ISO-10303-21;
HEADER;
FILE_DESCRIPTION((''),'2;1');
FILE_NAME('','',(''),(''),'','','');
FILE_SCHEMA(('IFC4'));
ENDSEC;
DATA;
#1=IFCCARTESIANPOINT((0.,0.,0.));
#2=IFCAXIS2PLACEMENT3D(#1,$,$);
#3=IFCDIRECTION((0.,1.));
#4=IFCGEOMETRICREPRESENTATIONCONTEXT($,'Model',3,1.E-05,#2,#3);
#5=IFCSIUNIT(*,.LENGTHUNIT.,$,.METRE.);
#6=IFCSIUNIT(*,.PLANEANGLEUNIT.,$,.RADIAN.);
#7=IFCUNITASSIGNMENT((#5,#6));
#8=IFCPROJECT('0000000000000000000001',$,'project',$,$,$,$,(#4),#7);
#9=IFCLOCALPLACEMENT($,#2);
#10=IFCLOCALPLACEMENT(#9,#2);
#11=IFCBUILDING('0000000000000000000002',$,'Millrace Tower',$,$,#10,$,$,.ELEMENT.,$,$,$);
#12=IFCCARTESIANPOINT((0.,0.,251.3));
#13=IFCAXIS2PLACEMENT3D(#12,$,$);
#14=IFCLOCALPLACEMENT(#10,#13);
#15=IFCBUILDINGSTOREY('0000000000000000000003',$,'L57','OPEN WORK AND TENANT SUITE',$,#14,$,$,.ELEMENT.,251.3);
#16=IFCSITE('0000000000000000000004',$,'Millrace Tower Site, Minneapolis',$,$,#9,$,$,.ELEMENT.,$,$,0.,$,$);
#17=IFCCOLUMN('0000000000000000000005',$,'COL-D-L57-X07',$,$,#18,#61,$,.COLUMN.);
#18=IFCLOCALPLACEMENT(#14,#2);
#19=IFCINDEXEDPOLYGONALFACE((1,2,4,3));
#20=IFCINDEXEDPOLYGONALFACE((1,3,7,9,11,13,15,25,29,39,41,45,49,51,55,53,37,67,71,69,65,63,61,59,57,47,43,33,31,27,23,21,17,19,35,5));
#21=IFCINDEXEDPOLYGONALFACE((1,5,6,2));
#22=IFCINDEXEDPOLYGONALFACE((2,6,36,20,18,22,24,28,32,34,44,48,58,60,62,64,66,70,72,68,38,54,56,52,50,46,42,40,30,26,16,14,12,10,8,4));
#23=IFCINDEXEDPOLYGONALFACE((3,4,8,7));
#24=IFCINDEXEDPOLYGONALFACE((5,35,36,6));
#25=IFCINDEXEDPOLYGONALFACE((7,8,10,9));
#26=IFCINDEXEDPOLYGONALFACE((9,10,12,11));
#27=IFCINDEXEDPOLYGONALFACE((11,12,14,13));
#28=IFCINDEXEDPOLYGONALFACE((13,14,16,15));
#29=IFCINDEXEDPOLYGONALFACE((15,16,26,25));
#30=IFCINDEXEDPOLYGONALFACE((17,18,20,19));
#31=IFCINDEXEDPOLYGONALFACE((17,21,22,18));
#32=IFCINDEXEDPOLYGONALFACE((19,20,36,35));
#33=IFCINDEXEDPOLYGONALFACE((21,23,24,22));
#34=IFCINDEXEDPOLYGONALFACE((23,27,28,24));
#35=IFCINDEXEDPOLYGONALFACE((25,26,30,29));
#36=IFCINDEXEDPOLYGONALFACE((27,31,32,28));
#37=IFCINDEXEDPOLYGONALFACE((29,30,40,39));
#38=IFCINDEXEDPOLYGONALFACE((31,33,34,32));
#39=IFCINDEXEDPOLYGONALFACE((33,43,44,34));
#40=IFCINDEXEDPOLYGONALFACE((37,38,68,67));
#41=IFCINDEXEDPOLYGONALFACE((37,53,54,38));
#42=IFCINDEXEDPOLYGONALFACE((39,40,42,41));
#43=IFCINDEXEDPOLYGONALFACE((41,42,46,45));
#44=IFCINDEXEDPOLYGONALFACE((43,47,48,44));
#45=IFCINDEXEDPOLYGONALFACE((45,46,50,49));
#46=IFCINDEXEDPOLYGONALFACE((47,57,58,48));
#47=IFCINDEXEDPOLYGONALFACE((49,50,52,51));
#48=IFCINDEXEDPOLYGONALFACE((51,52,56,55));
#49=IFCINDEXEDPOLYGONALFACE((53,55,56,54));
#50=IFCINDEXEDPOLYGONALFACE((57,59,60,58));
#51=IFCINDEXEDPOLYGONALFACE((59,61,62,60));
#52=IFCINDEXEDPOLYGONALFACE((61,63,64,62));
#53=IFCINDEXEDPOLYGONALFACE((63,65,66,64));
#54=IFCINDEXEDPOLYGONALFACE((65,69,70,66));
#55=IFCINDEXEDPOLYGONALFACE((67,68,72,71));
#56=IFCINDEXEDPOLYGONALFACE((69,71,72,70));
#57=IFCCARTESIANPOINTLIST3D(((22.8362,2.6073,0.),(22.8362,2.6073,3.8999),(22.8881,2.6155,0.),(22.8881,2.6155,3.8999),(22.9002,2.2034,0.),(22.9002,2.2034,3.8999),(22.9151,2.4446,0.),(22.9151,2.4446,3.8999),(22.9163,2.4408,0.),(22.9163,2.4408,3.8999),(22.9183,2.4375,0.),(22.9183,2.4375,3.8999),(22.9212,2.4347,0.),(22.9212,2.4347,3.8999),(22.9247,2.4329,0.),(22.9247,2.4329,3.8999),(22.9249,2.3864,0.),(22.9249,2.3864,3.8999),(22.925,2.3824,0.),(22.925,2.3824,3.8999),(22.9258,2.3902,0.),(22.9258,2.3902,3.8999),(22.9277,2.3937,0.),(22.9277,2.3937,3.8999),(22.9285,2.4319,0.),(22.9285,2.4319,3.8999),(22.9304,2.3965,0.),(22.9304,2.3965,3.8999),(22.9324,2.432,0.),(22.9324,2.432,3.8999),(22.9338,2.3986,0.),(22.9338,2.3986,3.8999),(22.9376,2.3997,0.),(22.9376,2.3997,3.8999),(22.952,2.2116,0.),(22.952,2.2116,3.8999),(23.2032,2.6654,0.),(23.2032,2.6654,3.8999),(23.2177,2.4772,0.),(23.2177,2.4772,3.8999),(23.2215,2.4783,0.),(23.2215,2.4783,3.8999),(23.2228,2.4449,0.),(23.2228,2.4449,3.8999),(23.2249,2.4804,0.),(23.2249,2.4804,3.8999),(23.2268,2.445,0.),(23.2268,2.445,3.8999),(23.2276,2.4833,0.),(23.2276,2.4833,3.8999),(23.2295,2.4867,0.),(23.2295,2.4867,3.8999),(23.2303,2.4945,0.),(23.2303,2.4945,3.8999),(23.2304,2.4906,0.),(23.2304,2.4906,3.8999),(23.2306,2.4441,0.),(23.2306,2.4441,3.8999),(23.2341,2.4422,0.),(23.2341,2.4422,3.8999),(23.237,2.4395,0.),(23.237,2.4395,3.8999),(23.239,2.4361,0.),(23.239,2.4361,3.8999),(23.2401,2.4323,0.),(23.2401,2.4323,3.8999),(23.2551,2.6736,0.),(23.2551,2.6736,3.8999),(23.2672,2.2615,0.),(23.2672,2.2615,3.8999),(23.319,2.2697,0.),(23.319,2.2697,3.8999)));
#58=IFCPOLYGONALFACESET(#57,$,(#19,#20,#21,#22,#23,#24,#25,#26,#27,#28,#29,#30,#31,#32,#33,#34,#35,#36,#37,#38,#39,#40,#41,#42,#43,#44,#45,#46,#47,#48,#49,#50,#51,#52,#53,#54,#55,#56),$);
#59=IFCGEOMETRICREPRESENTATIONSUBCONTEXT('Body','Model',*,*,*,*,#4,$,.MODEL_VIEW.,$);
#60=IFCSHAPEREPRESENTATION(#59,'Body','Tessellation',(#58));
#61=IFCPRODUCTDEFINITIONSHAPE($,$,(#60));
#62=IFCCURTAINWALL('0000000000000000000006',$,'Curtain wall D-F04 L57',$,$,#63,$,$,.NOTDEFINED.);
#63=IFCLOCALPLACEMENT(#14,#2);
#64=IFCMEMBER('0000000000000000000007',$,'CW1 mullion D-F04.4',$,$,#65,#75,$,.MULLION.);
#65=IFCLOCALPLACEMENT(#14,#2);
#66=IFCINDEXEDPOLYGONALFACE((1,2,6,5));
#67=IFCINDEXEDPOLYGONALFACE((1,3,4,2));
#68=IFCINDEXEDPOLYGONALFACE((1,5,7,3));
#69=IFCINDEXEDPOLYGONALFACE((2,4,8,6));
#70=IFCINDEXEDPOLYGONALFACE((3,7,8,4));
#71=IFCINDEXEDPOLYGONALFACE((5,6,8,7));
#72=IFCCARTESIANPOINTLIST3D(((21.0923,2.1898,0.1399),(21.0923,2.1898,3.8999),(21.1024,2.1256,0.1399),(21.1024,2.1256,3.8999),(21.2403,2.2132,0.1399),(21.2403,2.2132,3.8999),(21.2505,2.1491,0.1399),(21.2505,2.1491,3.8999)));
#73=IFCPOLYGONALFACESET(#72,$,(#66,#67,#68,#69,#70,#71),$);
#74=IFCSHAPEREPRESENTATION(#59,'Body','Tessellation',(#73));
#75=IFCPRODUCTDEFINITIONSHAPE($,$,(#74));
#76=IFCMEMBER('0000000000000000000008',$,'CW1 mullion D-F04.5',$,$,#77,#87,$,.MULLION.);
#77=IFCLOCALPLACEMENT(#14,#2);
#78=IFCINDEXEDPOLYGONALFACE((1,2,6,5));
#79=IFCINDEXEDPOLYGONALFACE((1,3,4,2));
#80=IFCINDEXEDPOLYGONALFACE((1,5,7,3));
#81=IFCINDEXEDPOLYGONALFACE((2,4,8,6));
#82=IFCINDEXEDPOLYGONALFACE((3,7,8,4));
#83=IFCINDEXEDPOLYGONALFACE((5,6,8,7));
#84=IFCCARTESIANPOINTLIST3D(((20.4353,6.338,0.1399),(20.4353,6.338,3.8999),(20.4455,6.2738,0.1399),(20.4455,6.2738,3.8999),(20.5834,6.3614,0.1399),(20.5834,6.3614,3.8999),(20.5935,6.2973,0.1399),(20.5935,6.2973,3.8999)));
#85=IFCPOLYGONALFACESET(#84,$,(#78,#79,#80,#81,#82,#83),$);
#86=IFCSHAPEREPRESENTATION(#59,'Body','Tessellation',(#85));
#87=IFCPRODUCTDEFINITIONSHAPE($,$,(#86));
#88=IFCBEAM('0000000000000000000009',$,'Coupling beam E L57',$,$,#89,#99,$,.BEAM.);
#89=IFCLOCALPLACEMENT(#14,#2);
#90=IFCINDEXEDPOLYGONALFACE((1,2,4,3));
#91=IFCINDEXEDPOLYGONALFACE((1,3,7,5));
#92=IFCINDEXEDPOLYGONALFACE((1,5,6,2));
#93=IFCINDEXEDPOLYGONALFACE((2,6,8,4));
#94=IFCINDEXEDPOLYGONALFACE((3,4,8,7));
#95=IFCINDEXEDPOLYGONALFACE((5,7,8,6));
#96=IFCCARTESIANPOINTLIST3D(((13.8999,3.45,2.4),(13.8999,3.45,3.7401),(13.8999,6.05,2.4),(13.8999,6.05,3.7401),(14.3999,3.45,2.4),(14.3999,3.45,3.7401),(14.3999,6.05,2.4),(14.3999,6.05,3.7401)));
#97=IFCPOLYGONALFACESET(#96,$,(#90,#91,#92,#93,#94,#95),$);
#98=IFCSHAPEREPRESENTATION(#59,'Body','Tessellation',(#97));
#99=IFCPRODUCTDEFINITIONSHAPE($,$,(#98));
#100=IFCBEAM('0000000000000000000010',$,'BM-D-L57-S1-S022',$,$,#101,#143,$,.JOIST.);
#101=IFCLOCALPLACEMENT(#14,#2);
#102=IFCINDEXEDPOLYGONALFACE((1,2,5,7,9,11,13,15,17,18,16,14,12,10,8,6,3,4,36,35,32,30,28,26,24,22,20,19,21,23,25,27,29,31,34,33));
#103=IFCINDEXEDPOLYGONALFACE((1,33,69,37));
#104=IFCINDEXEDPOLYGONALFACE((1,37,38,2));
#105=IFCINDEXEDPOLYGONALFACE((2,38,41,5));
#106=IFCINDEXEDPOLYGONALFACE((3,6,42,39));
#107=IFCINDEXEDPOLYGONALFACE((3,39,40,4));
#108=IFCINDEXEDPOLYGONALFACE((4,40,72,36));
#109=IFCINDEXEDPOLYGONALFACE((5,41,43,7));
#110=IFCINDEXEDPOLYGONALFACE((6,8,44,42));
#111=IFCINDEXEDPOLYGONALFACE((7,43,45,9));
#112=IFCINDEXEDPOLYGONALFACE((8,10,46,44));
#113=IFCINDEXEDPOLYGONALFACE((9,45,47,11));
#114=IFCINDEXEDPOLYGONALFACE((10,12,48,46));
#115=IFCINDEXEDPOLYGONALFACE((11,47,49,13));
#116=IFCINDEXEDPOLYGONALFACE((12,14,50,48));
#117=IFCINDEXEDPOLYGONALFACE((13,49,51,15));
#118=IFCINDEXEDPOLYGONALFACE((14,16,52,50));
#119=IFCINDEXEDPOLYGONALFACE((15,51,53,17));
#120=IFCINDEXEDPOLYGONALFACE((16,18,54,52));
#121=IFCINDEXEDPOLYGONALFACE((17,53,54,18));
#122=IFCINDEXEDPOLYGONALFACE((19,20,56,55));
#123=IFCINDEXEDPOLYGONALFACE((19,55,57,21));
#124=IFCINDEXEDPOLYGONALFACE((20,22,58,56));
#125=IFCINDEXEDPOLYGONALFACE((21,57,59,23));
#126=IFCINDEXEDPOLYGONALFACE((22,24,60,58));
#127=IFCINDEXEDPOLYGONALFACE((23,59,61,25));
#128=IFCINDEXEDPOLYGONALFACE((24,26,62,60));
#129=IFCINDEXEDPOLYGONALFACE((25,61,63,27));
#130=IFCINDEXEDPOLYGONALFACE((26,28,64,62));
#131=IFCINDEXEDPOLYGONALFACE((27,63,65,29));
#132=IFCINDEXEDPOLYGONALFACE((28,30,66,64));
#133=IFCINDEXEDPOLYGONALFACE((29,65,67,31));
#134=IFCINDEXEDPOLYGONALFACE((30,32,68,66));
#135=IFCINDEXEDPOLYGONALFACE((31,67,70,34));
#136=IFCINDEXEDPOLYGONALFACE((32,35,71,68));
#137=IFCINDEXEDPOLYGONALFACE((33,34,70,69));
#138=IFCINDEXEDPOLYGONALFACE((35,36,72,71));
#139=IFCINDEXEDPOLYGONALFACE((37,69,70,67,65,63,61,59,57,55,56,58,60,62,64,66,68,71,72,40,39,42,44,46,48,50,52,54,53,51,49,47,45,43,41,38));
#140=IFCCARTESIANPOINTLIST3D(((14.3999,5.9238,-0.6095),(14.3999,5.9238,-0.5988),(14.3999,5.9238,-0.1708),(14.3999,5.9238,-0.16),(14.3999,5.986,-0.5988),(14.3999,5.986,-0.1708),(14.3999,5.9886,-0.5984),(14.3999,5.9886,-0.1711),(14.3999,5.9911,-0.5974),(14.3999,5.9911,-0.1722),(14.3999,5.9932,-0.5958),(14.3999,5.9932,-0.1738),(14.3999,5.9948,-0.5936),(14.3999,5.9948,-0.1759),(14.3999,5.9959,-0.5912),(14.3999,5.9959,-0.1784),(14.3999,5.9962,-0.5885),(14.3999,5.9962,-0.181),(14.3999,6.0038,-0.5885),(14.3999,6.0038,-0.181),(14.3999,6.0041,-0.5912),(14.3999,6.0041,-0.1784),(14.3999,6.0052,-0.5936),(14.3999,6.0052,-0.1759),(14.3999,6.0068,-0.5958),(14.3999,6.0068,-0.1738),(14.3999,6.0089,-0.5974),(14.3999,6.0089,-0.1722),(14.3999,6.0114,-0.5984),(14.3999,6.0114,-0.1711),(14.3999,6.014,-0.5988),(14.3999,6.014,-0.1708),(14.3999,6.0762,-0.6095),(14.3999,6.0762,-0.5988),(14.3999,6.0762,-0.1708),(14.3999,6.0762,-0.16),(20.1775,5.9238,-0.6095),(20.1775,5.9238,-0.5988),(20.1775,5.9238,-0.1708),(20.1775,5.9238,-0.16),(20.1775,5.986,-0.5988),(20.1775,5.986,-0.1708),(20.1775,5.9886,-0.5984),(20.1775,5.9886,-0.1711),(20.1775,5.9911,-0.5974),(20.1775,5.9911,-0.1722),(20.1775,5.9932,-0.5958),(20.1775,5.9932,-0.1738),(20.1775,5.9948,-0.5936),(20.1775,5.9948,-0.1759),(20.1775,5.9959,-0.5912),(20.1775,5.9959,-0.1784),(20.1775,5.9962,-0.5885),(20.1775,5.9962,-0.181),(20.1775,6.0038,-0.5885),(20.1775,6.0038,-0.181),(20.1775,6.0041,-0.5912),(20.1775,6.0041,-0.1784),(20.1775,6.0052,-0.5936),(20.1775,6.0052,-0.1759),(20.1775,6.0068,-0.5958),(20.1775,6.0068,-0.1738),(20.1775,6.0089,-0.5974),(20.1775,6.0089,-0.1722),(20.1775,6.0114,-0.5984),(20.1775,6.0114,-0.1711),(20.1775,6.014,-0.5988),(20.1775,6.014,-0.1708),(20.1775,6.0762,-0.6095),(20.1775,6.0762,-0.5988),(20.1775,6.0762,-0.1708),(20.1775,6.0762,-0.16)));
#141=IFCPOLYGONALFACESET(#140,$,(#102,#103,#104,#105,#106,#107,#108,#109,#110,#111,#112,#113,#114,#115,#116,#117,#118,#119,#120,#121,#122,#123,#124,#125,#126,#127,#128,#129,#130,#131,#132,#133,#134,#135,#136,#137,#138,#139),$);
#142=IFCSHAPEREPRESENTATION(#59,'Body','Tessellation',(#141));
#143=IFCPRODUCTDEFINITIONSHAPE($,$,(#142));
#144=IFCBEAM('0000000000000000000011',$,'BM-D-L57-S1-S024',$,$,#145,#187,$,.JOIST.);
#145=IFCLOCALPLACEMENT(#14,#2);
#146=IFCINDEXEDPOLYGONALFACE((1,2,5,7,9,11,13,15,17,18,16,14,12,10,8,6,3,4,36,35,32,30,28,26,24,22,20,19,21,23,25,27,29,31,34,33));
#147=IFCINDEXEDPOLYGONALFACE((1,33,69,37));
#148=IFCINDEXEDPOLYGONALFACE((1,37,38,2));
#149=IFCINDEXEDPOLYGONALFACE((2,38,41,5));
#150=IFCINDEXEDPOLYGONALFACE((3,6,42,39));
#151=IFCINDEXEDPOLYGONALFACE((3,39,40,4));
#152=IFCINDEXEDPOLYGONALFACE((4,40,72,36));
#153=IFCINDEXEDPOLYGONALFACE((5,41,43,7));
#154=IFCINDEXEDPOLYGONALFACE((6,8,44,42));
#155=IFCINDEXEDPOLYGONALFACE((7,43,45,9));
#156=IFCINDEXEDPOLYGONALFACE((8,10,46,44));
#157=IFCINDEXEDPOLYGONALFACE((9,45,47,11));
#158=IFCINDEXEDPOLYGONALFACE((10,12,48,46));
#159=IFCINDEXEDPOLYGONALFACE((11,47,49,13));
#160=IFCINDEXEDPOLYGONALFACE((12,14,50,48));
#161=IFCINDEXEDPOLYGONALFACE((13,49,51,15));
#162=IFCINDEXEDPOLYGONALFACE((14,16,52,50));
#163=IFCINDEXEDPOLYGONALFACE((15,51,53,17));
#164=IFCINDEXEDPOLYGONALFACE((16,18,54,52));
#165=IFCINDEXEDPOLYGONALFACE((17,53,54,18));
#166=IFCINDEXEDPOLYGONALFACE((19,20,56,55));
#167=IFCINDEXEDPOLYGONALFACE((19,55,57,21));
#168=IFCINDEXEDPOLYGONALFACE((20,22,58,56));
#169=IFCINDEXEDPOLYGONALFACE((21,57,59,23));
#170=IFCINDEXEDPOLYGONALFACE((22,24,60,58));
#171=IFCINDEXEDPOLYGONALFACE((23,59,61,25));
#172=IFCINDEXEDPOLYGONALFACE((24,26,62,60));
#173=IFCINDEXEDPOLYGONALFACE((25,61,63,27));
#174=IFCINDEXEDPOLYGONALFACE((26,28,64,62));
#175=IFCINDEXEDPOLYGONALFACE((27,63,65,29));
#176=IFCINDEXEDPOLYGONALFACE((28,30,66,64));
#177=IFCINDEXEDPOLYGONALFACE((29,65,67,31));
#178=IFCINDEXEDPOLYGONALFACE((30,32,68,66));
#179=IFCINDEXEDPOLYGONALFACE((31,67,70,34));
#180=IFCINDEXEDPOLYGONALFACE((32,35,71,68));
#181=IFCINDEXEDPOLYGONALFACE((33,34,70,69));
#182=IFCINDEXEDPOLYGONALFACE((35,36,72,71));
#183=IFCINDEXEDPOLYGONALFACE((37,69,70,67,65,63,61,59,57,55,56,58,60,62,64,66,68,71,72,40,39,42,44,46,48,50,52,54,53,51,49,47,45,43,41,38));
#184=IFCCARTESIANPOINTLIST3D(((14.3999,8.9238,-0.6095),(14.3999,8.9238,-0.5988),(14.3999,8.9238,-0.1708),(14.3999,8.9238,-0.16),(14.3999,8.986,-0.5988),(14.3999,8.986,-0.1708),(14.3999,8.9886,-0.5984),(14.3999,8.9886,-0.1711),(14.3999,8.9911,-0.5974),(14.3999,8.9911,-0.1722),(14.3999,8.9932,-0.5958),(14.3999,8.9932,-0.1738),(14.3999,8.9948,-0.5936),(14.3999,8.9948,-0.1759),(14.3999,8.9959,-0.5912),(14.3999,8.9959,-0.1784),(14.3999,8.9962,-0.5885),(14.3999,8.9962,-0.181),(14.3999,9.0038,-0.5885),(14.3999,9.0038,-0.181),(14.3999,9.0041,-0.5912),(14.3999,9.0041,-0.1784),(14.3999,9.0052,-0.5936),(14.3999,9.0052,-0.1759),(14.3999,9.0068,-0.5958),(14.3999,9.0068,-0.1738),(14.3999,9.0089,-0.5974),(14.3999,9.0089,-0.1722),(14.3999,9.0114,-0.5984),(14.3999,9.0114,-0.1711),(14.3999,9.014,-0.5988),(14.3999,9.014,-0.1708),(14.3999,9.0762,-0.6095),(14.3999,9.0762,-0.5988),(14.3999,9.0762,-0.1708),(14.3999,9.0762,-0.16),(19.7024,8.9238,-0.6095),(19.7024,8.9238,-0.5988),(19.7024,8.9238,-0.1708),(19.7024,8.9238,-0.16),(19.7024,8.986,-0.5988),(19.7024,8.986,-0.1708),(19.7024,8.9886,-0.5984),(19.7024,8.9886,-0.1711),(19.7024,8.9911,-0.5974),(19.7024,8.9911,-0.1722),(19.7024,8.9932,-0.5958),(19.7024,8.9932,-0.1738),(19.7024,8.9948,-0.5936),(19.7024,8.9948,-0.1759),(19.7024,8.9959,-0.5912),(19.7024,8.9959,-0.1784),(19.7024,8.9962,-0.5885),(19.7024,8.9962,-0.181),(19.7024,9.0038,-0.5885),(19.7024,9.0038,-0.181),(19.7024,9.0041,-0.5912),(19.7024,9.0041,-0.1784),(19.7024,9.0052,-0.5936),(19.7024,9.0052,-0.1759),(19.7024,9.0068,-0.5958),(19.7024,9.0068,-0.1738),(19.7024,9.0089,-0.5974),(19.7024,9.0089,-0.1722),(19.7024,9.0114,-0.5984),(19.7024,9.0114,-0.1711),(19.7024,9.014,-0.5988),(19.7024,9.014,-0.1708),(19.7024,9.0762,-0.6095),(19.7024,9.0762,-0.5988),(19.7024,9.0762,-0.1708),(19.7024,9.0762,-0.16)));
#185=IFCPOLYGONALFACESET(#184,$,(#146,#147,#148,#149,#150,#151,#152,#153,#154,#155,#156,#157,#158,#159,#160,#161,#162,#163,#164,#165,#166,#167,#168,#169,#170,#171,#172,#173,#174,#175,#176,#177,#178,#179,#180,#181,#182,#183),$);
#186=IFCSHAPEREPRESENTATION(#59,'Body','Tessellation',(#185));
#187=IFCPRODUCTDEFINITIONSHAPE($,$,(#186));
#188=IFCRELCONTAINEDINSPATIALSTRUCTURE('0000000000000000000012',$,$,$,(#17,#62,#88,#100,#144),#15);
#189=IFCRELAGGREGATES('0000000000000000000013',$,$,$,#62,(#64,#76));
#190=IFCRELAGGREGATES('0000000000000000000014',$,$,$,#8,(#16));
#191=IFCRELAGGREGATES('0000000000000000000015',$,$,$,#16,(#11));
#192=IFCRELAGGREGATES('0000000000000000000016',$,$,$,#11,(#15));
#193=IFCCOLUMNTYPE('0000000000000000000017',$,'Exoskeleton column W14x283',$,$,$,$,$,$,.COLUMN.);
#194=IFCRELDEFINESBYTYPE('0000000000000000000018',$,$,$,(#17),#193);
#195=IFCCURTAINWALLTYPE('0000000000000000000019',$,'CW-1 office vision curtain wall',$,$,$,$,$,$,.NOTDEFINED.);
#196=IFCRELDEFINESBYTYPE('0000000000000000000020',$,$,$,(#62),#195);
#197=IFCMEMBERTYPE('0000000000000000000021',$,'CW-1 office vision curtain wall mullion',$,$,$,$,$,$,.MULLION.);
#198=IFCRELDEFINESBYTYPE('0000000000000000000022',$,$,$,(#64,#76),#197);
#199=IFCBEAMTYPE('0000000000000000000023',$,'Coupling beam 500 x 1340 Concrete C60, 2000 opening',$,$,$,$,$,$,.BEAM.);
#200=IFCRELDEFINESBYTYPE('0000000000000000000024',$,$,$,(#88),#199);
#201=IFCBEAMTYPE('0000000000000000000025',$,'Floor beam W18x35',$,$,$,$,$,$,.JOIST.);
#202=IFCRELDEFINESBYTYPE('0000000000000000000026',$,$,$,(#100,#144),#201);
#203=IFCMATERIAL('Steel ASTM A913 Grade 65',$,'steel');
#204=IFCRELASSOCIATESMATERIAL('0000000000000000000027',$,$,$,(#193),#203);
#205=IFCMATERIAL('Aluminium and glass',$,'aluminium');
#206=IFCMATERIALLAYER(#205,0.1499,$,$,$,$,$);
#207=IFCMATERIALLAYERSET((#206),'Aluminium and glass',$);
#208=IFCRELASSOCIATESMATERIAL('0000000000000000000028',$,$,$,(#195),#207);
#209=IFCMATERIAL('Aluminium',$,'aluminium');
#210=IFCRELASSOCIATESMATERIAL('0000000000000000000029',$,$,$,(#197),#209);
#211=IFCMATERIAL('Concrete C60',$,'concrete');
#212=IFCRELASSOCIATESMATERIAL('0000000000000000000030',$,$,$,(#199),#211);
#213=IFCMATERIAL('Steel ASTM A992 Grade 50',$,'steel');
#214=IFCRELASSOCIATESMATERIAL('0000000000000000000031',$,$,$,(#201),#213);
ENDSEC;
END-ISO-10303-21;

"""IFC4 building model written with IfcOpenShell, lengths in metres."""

from ifc_helpers import new_model, si_unit, direction, frame, origin, origin_2d, place, context, subcontext, project, spatial, rectangle, i_section, extrude, material, layer, layer_set, material_profile, profile_set, type_object, element, aggregate, save


model = new_model("IFC4")

# Units and contexts
model_context = context("Model", 3, precision=1e-05, world=origin(), true_north=direction((0.0, 1.0)))
body_context = subcontext(model_context, "Body", "Model", "MODEL_VIEW")
ifc_project = project(units=[si_unit("LENGTHUNIT", "METRE"), si_unit("PLANEANGLEUNIT", "RADIAN")], contexts=[model_context])

# Site, building, storey
site_placement = place(None, origin())
site = spatial("IfcSite", under=ifc_project, at=site_placement, Name="Millrace Tower Site, Minneapolis", CompositionType="ELEMENT", RefElevation=0.0)
building_placement = place(site_placement, origin())
building = spatial("IfcBuilding", under=site, at=building_placement, Name="Millrace Tower", CompositionType="ELEMENT")
storey_placement = place(building_placement, frame((0.0, 0.0, 251.3)))
storey = spatial("IfcBuildingStorey", under=building, at=storey_placement, Name="L57", Description="OPEN WORK AND TENANT SUITE", CompositionType="ELEMENT", Elevation=251.3)

# Column
ifc_material_1 = material(Name="Steel ASTM A913 Grade 65", Category="steel")
ifc_material_profile_1 = material_profile(ifc_material_1, i_section(OverallWidth=0.4089, OverallDepth=0.4241, WebThickness=0.0327, FlangeThickness=0.0525, FilletRadius=0.0151, at=origin_2d()))
ifc_profile_set_1 = profile_set([ifc_material_profile_1], Name="Steel ASTM A913 Grade 65")
column_type = type_object("IfcColumnType", Name="Exoskeleton column W14x283", PredefinedType="COLUMN", material=ifc_profile_set_1)
column_placement = place(storey_placement, frame((23.0776, 2.4385, 0.0), z_axis=(0.0, 0.0, 1.0), x_axis=(-0.156434, 0.987688, 0.0)))
element("IfcColumn", 1, at=column_placement, inside=storey, type_object=column_type, Name="COL-D-L57-X07", PredefinedType="COLUMN", context=body_context, shape_type="SweptSolid", body=[
    extrude(i_section(OverallWidth=0.4089, OverallDepth=0.4241, WebThickness=0.0327, FlangeThickness=0.0525, FilletRadius=0.0151, at=origin_2d()), origin(), (0.0, 0.0, 1.0), 3.8999),
])

# Curtain wall, members
ifc_material_2 = material(Name="Aluminium and glass", Category="aluminium")
ifc_layer_1 = layer(ifc_material_2, 0.1499)
ifc_layer_set_1 = layer_set([ifc_layer_1], Name="Aluminium and glass")
curtain_wall_type = type_object("IfcCurtainWallType", Name="CW-1 office vision curtain wall", PredefinedType="NOTDEFINED", material=ifc_layer_set_1)
curtain_wall_placement = place(storey_placement, origin())
curtain_wall = element("IfcCurtainWall", 2, at=curtain_wall_placement, inside=storey, type_object=curtain_wall_type, Name="Curtain wall D-F04 L57", PredefinedType="NOTDEFINED")
ifc_material_3 = material(Name="Aluminium", Category="aluminium")
ifc_material_profile_2 = material_profile(ifc_material_3, rectangle(XDim=0.0649, YDim=0.1499, at=origin_2d()))
ifc_profile_set_2 = profile_set([ifc_material_profile_2], Name="Aluminium")
member_type = type_object("IfcMemberType", Name="CW-1 office vision curtain wall mullion", PredefinedType="MULLION", material=ifc_profile_set_2)
member_1_placement = place(storey_placement, frame((21.1714, 2.1694, 0.1399), z_axis=(0.0, 0.0, 1.0), x_axis=(-0.156434, 0.987688, 0.0)))
member_1 = element("IfcMember", 3, at=member_1_placement, type_object=member_type, Name="CW1 mullion D-F04.4", PredefinedType="MULLION", context=body_context, shape_type="SweptSolid", body=[
    extrude(rectangle(XDim=0.0649, YDim=0.1499, at=origin_2d()), origin(), (0.0, 0.0, 1.0), 3.76),
])
member_2_placement = place(storey_placement, frame((20.5144, 6.3176, 0.1399), z_axis=(0.0, 0.0, 1.0), x_axis=(-0.156434, 0.987688, 0.0)))
member_2 = element("IfcMember", 4, at=member_2_placement, type_object=member_type, Name="CW1 mullion D-F04.5", PredefinedType="MULLION", context=body_context, shape_type="SweptSolid", body=[
    extrude(rectangle(XDim=0.0649, YDim=0.1499, at=origin_2d()), origin(), (0.0, 0.0, 1.0), 3.76),
])
aggregate(curtain_wall, [member_1, member_2])

# Beams
ifc_material_4 = material(Name="Concrete C60", Category="concrete")
ifc_material_profile_3 = material_profile(ifc_material_4, rectangle(XDim=0.5, YDim=1.3401, at=origin_2d()))
ifc_profile_set_3 = profile_set([ifc_material_profile_3], Name="Concrete C60")
beam_type_1 = type_object("IfcBeamType", Name="Coupling beam 500 x 1340 Concrete C60, 2000 opening", PredefinedType="BEAM", material=ifc_profile_set_3)
beam_1_placement = place(storey_placement, frame((14.1499, 6.05, 3.0701), z_axis=(0.0, -1.0, 0.0), x_axis=(1.0, 0.0, 0.0)))
element("IfcBeam", 5, at=beam_1_placement, inside=storey, type_object=beam_type_1, Name="Coupling beam E L57", PredefinedType="BEAM", context=body_context, shape_type="SweptSolid", body=[
    extrude(rectangle(XDim=0.5, YDim=1.3401, at=origin_2d()), origin(), (0.0, 0.0, 1.0), 2.6001),
])
ifc_material_5 = material(Name="Steel ASTM A992 Grade 50", Category="steel")
ifc_material_profile_4 = material_profile(ifc_material_5, i_section(OverallWidth=0.1523, OverallDepth=0.4495, WebThickness=0.0076, FlangeThickness=0.0107, FilletRadius=0.0103, at=origin_2d()))
ifc_profile_set_4 = profile_set([ifc_material_profile_4], Name="Steel ASTM A992 Grade 50")
beam_type_2 = type_object("IfcBeamType", Name="Floor beam W18x35", PredefinedType="JOIST", material=ifc_profile_set_4)
beam_2_placement = place(storey_placement, frame((14.3999, 6.0, -0.3848), z_axis=(1.0, 0.0, 0.0), x_axis=(0.0, 1.0, 0.0)))
element("IfcBeam", 6, at=beam_2_placement, inside=storey, type_object=beam_type_2, Name="BM-D-L57-S1-S022", PredefinedType="JOIST", context=body_context, shape_type="SweptSolid", body=[
    extrude(i_section(OverallWidth=0.1523, OverallDepth=0.4495, WebThickness=0.0076, FlangeThickness=0.0107, FilletRadius=0.0103, at=origin_2d()), origin(), (0.0, 0.0, 1.0), 5.7776),
])
beam_3_placement = place(storey_placement, frame((14.3999, 9.0, -0.3848), z_axis=(1.0, 0.0, 0.0), x_axis=(0.0, 1.0, 0.0)))
element("IfcBeam", 7, at=beam_3_placement, inside=storey, type_object=beam_type_2, Name="BM-D-L57-S1-S024", PredefinedType="JOIST", context=body_context, shape_type="SweptSolid", body=[
    extrude(i_section(OverallWidth=0.1523, OverallDepth=0.4495, WebThickness=0.0076, FlangeThickness=0.0107, FilletRadius=0.0103, at=origin_2d()), origin(), (0.0, 0.0, 1.0), 5.3025),
])

save(model, "model.ifc")
